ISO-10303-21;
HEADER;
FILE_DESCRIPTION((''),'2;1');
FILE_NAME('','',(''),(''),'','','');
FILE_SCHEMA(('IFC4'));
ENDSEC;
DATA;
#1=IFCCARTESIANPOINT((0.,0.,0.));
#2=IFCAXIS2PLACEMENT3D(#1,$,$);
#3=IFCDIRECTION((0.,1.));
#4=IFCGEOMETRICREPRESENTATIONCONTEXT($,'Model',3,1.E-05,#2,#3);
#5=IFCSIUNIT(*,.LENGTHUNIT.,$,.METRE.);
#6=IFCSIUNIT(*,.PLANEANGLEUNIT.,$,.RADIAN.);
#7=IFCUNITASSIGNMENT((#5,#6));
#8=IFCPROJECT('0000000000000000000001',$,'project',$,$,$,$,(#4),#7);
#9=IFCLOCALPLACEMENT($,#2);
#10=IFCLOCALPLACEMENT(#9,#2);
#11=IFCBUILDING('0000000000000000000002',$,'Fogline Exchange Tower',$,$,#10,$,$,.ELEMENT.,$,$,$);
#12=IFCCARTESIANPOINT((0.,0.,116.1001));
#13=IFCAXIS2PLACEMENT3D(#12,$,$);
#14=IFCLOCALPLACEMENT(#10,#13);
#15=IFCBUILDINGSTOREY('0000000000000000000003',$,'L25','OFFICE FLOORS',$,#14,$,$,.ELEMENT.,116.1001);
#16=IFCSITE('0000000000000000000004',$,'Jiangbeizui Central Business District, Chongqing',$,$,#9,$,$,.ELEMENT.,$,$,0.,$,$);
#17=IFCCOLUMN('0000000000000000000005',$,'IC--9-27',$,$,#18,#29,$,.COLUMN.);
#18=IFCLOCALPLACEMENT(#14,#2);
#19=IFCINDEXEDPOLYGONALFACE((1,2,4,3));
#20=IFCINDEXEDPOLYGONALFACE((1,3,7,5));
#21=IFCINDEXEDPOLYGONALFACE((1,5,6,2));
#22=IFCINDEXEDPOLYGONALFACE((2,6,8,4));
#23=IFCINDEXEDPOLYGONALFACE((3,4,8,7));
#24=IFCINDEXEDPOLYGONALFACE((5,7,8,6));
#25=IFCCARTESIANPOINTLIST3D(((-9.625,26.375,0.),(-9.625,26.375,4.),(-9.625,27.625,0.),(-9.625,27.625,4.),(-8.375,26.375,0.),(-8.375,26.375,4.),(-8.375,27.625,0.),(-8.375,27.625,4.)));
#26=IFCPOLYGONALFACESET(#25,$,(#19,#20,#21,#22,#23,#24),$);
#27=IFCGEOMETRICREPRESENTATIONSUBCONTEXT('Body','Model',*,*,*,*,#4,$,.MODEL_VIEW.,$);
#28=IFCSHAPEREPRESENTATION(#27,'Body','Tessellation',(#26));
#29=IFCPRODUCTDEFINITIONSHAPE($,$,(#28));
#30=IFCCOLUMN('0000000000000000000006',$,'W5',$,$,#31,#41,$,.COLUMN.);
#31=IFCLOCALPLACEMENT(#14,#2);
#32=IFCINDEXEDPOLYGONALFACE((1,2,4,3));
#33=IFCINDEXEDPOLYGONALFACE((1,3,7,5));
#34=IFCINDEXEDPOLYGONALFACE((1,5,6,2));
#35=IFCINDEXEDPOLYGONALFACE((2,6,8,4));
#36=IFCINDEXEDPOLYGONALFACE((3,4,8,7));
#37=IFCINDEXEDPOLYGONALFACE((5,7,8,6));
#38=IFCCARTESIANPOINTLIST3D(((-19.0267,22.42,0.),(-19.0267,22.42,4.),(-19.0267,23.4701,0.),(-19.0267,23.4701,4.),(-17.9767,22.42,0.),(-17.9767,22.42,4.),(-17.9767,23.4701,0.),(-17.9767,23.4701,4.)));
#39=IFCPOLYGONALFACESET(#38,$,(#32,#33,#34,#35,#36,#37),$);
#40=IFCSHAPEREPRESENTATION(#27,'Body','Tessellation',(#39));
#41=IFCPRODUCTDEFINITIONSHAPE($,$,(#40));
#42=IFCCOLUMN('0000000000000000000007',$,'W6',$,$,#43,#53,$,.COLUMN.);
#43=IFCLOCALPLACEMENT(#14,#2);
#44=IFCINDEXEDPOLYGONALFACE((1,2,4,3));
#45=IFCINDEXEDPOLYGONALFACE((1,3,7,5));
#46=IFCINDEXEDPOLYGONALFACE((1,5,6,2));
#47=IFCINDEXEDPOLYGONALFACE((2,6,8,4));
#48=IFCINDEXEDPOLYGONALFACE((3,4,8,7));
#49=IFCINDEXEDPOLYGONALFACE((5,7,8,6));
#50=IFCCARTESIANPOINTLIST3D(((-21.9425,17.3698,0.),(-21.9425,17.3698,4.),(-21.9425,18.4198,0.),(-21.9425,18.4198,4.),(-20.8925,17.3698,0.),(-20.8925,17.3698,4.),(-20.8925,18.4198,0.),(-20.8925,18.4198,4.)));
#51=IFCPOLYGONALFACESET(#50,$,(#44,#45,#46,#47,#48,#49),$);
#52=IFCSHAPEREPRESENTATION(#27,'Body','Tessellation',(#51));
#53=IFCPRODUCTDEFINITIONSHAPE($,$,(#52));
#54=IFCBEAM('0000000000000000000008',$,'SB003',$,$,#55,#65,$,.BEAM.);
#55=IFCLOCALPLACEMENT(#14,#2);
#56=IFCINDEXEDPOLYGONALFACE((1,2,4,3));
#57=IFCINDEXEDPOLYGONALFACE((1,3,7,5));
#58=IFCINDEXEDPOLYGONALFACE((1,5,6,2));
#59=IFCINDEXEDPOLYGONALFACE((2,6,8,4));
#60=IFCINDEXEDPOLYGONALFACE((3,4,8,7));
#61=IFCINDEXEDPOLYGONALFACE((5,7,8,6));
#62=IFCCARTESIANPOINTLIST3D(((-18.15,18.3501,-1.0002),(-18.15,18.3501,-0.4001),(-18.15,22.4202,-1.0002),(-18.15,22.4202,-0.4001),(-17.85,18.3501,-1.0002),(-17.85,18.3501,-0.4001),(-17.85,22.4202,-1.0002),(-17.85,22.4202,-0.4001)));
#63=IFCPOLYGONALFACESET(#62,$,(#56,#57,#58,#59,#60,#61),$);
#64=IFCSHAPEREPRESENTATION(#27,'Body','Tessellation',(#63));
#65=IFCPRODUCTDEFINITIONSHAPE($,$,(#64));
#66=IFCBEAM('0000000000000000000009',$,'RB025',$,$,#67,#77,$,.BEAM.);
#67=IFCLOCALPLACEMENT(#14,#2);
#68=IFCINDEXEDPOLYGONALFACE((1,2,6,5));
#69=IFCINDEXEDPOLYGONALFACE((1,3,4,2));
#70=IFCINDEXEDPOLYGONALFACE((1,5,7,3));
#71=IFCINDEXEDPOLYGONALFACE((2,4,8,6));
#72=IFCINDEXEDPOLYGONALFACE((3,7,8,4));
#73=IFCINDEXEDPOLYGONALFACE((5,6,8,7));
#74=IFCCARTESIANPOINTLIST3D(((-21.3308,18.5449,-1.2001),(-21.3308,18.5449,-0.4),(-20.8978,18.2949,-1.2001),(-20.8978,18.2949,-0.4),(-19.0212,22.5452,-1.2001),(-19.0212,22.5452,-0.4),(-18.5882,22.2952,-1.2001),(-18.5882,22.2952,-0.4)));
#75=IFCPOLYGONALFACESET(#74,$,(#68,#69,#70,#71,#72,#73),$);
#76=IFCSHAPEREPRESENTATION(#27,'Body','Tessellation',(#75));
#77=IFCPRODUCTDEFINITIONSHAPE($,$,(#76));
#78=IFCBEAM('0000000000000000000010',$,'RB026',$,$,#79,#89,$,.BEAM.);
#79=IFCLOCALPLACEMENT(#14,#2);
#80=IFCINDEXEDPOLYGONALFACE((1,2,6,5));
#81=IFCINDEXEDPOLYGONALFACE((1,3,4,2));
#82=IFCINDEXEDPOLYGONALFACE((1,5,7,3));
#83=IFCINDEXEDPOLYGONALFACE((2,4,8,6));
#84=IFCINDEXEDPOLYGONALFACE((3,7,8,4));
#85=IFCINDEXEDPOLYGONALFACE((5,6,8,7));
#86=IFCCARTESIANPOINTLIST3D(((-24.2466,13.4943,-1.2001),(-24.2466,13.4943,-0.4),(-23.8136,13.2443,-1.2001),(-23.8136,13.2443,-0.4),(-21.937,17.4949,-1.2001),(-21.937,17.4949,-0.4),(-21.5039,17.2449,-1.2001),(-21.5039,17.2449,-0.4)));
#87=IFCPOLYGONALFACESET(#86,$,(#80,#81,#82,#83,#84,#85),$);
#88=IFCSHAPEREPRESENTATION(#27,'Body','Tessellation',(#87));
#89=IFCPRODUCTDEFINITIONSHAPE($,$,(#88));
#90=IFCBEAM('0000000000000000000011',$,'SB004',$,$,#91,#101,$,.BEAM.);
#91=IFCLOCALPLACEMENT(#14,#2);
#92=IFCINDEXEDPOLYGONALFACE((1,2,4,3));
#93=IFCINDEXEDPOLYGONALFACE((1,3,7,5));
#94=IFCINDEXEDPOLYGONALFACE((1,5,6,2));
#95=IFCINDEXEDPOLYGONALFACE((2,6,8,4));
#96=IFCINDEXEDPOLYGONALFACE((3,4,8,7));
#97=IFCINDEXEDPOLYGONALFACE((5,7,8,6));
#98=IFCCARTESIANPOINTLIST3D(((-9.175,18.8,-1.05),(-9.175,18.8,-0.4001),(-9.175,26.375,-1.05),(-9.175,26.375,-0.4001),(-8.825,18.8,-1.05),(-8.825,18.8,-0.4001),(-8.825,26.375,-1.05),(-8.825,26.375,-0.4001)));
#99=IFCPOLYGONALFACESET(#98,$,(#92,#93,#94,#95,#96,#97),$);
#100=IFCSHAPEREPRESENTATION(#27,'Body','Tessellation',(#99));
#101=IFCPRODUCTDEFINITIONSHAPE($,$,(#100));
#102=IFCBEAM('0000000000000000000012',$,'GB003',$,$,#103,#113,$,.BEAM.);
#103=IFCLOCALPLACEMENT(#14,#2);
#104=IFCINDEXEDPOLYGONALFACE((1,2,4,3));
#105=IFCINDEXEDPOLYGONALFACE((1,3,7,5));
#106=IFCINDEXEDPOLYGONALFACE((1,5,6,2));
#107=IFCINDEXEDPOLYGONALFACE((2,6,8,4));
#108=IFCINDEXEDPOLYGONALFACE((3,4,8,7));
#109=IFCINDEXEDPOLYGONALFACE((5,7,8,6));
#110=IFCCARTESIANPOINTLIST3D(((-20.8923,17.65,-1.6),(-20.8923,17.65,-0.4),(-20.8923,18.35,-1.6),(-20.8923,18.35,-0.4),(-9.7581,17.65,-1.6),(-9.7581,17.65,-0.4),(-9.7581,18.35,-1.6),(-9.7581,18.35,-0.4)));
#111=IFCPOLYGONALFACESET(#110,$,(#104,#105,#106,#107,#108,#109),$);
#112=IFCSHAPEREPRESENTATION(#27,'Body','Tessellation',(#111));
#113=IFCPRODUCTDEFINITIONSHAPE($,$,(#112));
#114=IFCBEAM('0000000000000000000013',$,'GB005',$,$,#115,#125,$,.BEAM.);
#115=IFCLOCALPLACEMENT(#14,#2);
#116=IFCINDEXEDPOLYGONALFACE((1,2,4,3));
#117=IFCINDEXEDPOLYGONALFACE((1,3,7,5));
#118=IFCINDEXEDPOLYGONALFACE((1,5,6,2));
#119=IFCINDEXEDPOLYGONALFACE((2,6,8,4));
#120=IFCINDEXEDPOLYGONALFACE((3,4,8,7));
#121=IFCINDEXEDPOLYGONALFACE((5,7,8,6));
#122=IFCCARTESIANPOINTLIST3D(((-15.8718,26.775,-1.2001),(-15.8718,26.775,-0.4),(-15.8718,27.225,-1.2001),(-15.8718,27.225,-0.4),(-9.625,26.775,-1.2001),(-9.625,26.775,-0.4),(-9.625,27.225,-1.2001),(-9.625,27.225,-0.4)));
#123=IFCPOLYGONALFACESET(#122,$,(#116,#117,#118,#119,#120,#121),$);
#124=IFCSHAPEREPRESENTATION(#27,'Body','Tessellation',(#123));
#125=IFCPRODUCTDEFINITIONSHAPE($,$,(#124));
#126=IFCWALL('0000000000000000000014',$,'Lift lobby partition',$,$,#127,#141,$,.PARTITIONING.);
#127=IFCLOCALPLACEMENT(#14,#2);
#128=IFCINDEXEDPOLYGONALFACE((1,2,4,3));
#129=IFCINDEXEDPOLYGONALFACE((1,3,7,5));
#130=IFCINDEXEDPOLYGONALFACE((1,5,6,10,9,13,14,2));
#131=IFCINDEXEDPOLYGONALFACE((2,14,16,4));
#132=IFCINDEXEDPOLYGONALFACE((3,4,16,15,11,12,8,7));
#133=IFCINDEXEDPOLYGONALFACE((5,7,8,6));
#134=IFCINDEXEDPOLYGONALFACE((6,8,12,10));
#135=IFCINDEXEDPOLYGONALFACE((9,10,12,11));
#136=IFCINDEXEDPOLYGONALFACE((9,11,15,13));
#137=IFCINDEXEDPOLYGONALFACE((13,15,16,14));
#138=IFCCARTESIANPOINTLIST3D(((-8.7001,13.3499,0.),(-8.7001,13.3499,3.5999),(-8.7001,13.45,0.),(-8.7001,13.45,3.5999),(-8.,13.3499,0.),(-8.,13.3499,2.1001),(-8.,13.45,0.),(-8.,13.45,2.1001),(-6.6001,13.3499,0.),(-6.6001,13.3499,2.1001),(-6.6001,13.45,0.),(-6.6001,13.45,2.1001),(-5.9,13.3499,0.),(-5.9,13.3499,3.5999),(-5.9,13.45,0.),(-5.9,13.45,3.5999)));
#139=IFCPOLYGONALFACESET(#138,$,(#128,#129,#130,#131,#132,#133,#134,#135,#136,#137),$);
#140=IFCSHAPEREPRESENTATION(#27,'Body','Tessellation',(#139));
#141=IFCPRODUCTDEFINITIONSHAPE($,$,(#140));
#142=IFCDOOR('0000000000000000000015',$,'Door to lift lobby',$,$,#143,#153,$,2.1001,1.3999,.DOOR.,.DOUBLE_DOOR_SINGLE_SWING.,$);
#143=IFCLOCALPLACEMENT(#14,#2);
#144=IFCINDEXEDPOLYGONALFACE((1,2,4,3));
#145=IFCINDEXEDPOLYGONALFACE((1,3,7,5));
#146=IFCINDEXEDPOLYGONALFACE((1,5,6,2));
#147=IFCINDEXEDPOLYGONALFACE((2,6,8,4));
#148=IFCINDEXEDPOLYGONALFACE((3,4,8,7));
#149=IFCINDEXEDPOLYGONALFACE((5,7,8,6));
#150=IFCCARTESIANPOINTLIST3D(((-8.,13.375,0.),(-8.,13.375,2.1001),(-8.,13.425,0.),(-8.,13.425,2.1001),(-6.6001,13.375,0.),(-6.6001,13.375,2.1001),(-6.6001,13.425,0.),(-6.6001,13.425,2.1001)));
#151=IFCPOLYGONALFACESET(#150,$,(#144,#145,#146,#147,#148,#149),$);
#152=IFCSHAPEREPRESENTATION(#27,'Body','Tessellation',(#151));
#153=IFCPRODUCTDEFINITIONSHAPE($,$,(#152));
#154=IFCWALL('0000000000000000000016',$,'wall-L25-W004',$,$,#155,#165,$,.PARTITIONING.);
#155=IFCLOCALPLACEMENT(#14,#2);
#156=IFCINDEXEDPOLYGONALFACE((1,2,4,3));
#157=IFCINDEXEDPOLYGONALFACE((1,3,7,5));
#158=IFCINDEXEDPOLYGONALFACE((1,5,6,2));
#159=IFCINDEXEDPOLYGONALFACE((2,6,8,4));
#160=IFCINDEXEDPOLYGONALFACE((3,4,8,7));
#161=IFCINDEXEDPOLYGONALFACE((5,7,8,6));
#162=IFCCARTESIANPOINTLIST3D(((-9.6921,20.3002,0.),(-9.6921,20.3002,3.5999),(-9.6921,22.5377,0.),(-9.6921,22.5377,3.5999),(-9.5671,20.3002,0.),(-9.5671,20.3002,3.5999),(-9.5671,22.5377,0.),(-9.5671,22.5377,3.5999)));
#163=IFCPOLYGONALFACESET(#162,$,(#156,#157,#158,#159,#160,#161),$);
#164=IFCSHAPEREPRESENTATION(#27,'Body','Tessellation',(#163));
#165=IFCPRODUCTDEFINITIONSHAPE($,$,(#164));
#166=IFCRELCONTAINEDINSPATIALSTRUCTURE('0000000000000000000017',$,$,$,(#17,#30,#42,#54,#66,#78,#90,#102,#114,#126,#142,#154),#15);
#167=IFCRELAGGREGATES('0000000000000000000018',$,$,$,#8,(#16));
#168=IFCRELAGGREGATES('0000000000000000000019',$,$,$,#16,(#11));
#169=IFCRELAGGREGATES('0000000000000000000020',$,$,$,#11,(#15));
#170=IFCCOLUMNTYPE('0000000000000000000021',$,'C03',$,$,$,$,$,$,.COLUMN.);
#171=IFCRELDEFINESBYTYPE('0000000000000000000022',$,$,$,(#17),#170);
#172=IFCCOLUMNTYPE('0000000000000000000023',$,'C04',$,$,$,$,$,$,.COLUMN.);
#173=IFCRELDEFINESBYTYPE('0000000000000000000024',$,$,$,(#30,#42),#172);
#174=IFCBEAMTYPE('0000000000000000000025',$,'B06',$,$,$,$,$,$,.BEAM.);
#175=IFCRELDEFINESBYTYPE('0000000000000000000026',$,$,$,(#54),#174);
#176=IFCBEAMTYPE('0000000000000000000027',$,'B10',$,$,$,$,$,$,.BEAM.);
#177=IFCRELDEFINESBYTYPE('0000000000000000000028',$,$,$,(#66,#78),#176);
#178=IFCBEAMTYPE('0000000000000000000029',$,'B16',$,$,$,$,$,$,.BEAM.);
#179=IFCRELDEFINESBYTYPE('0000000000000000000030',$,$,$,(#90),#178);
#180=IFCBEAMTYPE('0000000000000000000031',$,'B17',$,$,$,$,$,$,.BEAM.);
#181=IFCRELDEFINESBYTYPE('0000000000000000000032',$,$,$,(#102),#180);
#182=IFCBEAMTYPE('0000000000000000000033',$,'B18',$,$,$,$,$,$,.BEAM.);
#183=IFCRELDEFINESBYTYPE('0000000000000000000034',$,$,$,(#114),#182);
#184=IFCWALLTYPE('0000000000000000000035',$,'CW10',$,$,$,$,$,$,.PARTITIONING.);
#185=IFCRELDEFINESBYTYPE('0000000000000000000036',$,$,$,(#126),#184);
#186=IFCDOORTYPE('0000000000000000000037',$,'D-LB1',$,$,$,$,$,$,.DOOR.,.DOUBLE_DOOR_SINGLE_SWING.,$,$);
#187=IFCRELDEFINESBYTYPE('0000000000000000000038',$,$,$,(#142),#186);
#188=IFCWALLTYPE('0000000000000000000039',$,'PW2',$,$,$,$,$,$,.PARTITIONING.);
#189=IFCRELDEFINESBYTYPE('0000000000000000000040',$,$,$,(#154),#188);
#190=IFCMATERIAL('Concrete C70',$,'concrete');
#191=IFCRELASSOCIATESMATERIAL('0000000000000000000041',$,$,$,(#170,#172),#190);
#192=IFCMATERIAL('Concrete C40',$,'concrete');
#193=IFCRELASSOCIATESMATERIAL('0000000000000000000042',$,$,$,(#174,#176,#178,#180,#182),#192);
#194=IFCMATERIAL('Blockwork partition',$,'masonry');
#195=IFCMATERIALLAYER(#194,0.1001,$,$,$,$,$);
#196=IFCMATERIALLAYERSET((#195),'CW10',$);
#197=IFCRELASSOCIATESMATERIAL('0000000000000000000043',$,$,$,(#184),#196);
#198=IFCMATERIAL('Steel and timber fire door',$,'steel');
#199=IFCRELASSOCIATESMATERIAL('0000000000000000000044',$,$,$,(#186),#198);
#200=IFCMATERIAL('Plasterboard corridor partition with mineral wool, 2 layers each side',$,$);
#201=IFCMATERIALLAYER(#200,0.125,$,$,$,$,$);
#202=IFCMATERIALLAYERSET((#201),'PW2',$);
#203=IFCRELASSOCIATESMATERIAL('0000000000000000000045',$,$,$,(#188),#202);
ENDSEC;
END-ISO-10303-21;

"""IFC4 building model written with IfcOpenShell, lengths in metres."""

from ifc_helpers import new_model, si_unit, direction, frame, frame_2d, origin, origin_2d, place, context, subcontext, project, spatial, rectangle, extrude, material, layer, layer_set, material_profile, profile_set, type_object, element, fill, save


model = new_model("IFC4")

# Units and contexts
model_context = context("Model", 3, precision=1e-05, world=origin(), true_north=direction((0.0, 1.0)))
body_context = subcontext(model_context, "Body", "Model", "MODEL_VIEW")
ifc_project = project(units=[si_unit("LENGTHUNIT", "METRE"), si_unit("PLANEANGLEUNIT", "RADIAN")], contexts=[model_context])

# Site, building, storey
site_placement = place(None, origin())
site = spatial("IfcSite", under=ifc_project, at=site_placement, Name="Jiangbeizui Central Business District, Chongqing", CompositionType="ELEMENT", RefElevation=0.0)
building_placement = place(site_placement, origin())
building = spatial("IfcBuilding", under=site, at=building_placement, Name="Fogline Exchange Tower", CompositionType="ELEMENT")
storey_placement = place(building_placement, frame((0.0, 0.0, 116.1001)))
storey = spatial("IfcBuildingStorey", under=building, at=storey_placement, Name="L25", Description="OFFICE FLOORS", CompositionType="ELEMENT", Elevation=116.1001)

# Columns
ifc_material_1 = material(Name="Concrete C70", Category="concrete")
ifc_material_profile_1 = material_profile(ifc_material_1, rectangle(XDim=1.25, YDim=1.25, at=origin_2d()), Name="RC 1250x1250")
ifc_profile_set_1 = profile_set([ifc_material_profile_1], Name="Concrete C70")
column_type_1 = type_object("IfcColumnType", Name="C03", PredefinedType="COLUMN", material=ifc_profile_set_1)
column_placement = place(storey_placement, frame((-9.0, 27.0, 0.0), z_axis=(0.0, 0.0, 1.0), x_axis=(1.0, 0.0, 0.0)))
element("IfcColumn", 1, at=column_placement, inside=storey, type_object=column_type_1, Name="IC--9-27", PredefinedType="COLUMN", context=body_context, shape_type="SweptSolid", body=[
    extrude(rectangle(XDim=1.25, YDim=1.25, at=origin_2d()), origin(), (0.0, 0.0, 1.0), 4.0),
])
ifc_material_profile_2 = material_profile(ifc_material_1, rectangle(XDim=1.05, YDim=1.05, at=origin_2d()), Name="RC 1050x1050")
ifc_profile_set_2 = profile_set([ifc_material_profile_2], Name="Concrete C70")
column_type_2 = type_object("IfcColumnType", Name="C04", PredefinedType="COLUMN", material=ifc_profile_set_2)
for number, where, z_axis, x_axis, name in (
    (2, (-18.5017, 22.9451, 0.0), (0.0, 0.0, 1.0), (1.0, 0.0, 0.0), "W5"),
    (3, (-21.4175, 17.8948, 0.0), (0.0, 0.0, 1.0), (1.0, 0.0, 0.0), "W6"),
):
    element("IfcColumn", number, at=place(storey_placement, frame(where, z_axis=z_axis, x_axis=x_axis)), inside=storey, type_object=column_type_2, Name=name, PredefinedType="COLUMN", context=body_context, shape_type="SweptSolid", body=[
        extrude(rectangle(XDim=1.05, YDim=1.05, at=origin_2d()), origin(), (0.0, 0.0, 1.0), 4.0),
    ])

# Beams
ifc_material_2 = material(Name="Concrete C40", Category="concrete")
ifc_material_profile_3 = material_profile(ifc_material_2, rectangle(XDim=0.3, YDim=0.6001, at=origin_2d()), Name="RC 300x600")
ifc_profile_set_3 = profile_set([ifc_material_profile_3], Name="Concrete C40")
beam_type_1 = type_object("IfcBeamType", Name="B06", PredefinedType="BEAM", material=ifc_profile_set_3)
beam_1_placement = place(storey_placement, frame((-18.0, 18.3501, -0.7002), z_axis=(0.0, 1.0, 0.0), x_axis=(-1.0, 0.0, 0.0)))
element("IfcBeam", 4, at=beam_1_placement, inside=storey, type_object=beam_type_1, Name="SB003", PredefinedType="BEAM", context=body_context, shape_type="SweptSolid", body=[
    extrude(rectangle(XDim=0.3, YDim=0.6001, at=origin_2d()), origin(), (0.0, 0.0, 1.0), 4.0701),
])
ifc_material_profile_4 = material_profile(ifc_material_2, rectangle(XDim=0.5, YDim=0.8, at=origin_2d()), Name="RC 500x800")
ifc_profile_set_4 = profile_set([ifc_material_profile_4], Name="Concrete C40")
beam_type_2 = type_object("IfcBeamType", Name="B10", PredefinedType="BEAM", material=ifc_profile_set_4)
beam_2_placement = place(storey_placement, frame((-18.8047, 22.4202, -0.8), z_axis=(-0.500005, -0.866023, 0.0), x_axis=(0.866023, -0.500005, 0.0)))
element("IfcBeam", 5, at=beam_2_placement, inside=storey, type_object=beam_type_2, Name="RB025", PredefinedType="BEAM", context=body_context, shape_type="SweptSolid", body=[
    extrude(rectangle(XDim=0.5, YDim=0.8, at=origin_2d()), origin(), (0.0, 0.0, 1.0), 4.6191),
])
beam_3_placement = place(storey_placement, frame((-21.7205, 17.3699, -0.8), z_axis=(-0.499982, -0.866036, 0.0), x_axis=(0.866036, -0.499982, 0.0)))
element("IfcBeam", 6, at=beam_3_placement, inside=storey, type_object=beam_type_2, Name="RB026", PredefinedType="BEAM", context=body_context, shape_type="SweptSolid", body=[
    extrude(rectangle(XDim=0.5, YDim=0.8, at=origin_2d()), origin(), (0.0, 0.0, 1.0), 4.6194),
])
ifc_material_profile_5 = material_profile(ifc_material_2, rectangle(XDim=0.3501, YDim=0.6499, at=origin_2d()), Name="RC 350x650")
ifc_profile_set_5 = profile_set([ifc_material_profile_5], Name="Concrete C40")
beam_type_3 = type_object("IfcBeamType", Name="B16", PredefinedType="BEAM", material=ifc_profile_set_5)
beam_4_placement = place(storey_placement, frame((-9.0, 18.8, -0.7251), z_axis=(0.0, 1.0, 0.0), x_axis=(-1.0, 0.0, 0.0)))
element("IfcBeam", 7, at=beam_4_placement, inside=storey, type_object=beam_type_3, Name="SB004", PredefinedType="BEAM", context=body_context, shape_type="SweptSolid", body=[
    extrude(rectangle(XDim=0.3501, YDim=0.6499, at=origin_2d()), origin(), (0.0, 0.0, 1.0), 7.575),
])
ifc_material_profile_6 = material_profile(ifc_material_2, rectangle(XDim=0.7, YDim=1.2, at=origin_2d()), Name="RC 700x1200")
ifc_profile_set_6 = profile_set([ifc_material_profile_6], Name="Concrete C40")
beam_type_4 = type_object("IfcBeamType", Name="B17", PredefinedType="BEAM", material=ifc_profile_set_6)
beam_5_placement = place(storey_placement, frame((-20.8923, 18.0, -1.0), z_axis=(1.0, 0.0, 0.0), x_axis=(0.0, 1.0, 0.0)))
element("IfcBeam", 8, at=beam_5_placement, inside=storey, type_object=beam_type_4, Name="GB003", PredefinedType="BEAM", context=body_context, shape_type="SweptSolid", body=[
    extrude(rectangle(XDim=0.7, YDim=1.2, at=origin_2d()), origin(), (0.0, 0.0, 1.0), 11.1343),
])
ifc_material_profile_7 = material_profile(ifc_material_2, rectangle(XDim=0.45, YDim=0.8, at=origin_2d()), Name="RC 450x800")
ifc_profile_set_7 = profile_set([ifc_material_profile_7], Name="Concrete C40")
beam_type_5 = type_object("IfcBeamType", Name="B18", PredefinedType="BEAM", material=ifc_profile_set_7)
beam_6_placement = place(storey_placement, frame((-15.8718, 27.0, -0.8), z_axis=(1.0, 0.0, 0.0), x_axis=(0.0, 1.0, 0.0)))
element("IfcBeam", 9, at=beam_6_placement, inside=storey, type_object=beam_type_5, Name="GB005", PredefinedType="BEAM", context=body_context, shape_type="SweptSolid", body=[
    extrude(rectangle(XDim=0.45, YDim=0.8, at=origin_2d()), origin(), (0.0, 0.0, 1.0), 6.2468),
])

# Wall, opening, door
ifc_material_3 = material(Name="Blockwork partition", Category="masonry")
ifc_layer_1 = layer(ifc_material_3, 0.1001)
ifc_layer_set_1 = layer_set([ifc_layer_1], Name="CW10")
wall_type_1 = type_object("IfcWallType", Name="CW10", PredefinedType="PARTITIONING", material=ifc_layer_set_1)
wall_1_placement = place(storey_placement, frame((-8.7, 13.3999, 0.0), z_axis=(0.0, 0.0, 1.0), x_axis=(1.0, 0.0, 0.0)))
wall_1 = element("IfcWall", 10, at=wall_1_placement, inside=storey, type_object=wall_type_1, Name="Lift lobby partition", PredefinedType="PARTITIONING", context=body_context, shape_type="SweptSolid", body=[
    extrude(rectangle(XDim=2.8, YDim=0.1001, at=frame_2d((1.3999, 0.0))), origin(), (0.0, 0.0, 1.0), 3.5999),
])
opening_1_placement = place(wall_1_placement, frame((0.7, 0.0, 0.0)))
opening_1 = element("IfcOpeningElement", 11, at=opening_1_placement, cuts=wall_1, PredefinedType="OPENING", context=body_context, shape_type="SweptSolid", body=[
    extrude(rectangle(XDim=1.3999, YDim=2.1001, at=frame_2d((0.7, 1.05))), frame((0.0, 0.0601, 0.0), z_axis=(0.0, -1.0, 0.0), x_axis=(1.0, 0.0, 0.0)), (0.0, 0.0, 1.0), 0.1201),
])
ifc_material_4 = material(Name="Steel and timber fire door", Category="steel")
door_type_1 = type_object("IfcDoorType", Name="D-LB1", OperationType="DOUBLE_DOOR_SINGLE_SWING", PredefinedType="DOOR", material=ifc_material_4)
door_1_placement = place(opening_1_placement, frame((1.3999, 0.0, 0.0), z_axis=(0.0, 0.0, 1.0), x_axis=(-1.0, 0.0, 0.0)))
door_1 = element("IfcDoor", 12, at=door_1_placement, inside=storey, type_object=door_type_1, Name="Door to lift lobby", OperationType="DOUBLE_DOOR_SINGLE_SWING", OverallHeight=2.1001, OverallWidth=1.3999, PredefinedType="DOOR", context=body_context, shape_type="SweptSolid", body=[
    extrude(rectangle(XDim=1.3999, YDim=2.1001, at=frame_2d((0.7, 1.05))), frame((0.0, 0.0249, 0.0), z_axis=(0.0, -1.0, 0.0), x_axis=(1.0, 0.0, 0.0)), (0.0, 0.0, 1.0), 0.05),
])
fill(opening_1, door_1)

# Wall
ifc_material_5 = material(Name="Plasterboard corridor partition with mineral wool, 2 layers each side")
ifc_layer_2 = layer(ifc_material_5, 0.125)
ifc_layer_set_2 = layer_set([ifc_layer_2], Name="PW2")
wall_type_2 = type_object("IfcWallType", Name="PW2", PredefinedType="PARTITIONING", material=ifc_layer_set_2)
wall_2_placement = place(storey_placement, frame((-9.6296, 22.5376, 0.0), z_axis=(0.0, 0.0, 1.0), x_axis=(0.0, -1.0, 0.0)))
element("IfcWall", 13, at=wall_2_placement, inside=storey, type_object=wall_type_2, Name="wall-L25-W004", PredefinedType="PARTITIONING", context=body_context, shape_type="SweptSolid", body=[
    extrude(rectangle(XDim=2.2375, YDim=0.125, at=frame_2d((1.1187, 0.0))), origin(), (0.0, 0.0, 1.0), 3.5999),
])

save(model, "model.ifc")
